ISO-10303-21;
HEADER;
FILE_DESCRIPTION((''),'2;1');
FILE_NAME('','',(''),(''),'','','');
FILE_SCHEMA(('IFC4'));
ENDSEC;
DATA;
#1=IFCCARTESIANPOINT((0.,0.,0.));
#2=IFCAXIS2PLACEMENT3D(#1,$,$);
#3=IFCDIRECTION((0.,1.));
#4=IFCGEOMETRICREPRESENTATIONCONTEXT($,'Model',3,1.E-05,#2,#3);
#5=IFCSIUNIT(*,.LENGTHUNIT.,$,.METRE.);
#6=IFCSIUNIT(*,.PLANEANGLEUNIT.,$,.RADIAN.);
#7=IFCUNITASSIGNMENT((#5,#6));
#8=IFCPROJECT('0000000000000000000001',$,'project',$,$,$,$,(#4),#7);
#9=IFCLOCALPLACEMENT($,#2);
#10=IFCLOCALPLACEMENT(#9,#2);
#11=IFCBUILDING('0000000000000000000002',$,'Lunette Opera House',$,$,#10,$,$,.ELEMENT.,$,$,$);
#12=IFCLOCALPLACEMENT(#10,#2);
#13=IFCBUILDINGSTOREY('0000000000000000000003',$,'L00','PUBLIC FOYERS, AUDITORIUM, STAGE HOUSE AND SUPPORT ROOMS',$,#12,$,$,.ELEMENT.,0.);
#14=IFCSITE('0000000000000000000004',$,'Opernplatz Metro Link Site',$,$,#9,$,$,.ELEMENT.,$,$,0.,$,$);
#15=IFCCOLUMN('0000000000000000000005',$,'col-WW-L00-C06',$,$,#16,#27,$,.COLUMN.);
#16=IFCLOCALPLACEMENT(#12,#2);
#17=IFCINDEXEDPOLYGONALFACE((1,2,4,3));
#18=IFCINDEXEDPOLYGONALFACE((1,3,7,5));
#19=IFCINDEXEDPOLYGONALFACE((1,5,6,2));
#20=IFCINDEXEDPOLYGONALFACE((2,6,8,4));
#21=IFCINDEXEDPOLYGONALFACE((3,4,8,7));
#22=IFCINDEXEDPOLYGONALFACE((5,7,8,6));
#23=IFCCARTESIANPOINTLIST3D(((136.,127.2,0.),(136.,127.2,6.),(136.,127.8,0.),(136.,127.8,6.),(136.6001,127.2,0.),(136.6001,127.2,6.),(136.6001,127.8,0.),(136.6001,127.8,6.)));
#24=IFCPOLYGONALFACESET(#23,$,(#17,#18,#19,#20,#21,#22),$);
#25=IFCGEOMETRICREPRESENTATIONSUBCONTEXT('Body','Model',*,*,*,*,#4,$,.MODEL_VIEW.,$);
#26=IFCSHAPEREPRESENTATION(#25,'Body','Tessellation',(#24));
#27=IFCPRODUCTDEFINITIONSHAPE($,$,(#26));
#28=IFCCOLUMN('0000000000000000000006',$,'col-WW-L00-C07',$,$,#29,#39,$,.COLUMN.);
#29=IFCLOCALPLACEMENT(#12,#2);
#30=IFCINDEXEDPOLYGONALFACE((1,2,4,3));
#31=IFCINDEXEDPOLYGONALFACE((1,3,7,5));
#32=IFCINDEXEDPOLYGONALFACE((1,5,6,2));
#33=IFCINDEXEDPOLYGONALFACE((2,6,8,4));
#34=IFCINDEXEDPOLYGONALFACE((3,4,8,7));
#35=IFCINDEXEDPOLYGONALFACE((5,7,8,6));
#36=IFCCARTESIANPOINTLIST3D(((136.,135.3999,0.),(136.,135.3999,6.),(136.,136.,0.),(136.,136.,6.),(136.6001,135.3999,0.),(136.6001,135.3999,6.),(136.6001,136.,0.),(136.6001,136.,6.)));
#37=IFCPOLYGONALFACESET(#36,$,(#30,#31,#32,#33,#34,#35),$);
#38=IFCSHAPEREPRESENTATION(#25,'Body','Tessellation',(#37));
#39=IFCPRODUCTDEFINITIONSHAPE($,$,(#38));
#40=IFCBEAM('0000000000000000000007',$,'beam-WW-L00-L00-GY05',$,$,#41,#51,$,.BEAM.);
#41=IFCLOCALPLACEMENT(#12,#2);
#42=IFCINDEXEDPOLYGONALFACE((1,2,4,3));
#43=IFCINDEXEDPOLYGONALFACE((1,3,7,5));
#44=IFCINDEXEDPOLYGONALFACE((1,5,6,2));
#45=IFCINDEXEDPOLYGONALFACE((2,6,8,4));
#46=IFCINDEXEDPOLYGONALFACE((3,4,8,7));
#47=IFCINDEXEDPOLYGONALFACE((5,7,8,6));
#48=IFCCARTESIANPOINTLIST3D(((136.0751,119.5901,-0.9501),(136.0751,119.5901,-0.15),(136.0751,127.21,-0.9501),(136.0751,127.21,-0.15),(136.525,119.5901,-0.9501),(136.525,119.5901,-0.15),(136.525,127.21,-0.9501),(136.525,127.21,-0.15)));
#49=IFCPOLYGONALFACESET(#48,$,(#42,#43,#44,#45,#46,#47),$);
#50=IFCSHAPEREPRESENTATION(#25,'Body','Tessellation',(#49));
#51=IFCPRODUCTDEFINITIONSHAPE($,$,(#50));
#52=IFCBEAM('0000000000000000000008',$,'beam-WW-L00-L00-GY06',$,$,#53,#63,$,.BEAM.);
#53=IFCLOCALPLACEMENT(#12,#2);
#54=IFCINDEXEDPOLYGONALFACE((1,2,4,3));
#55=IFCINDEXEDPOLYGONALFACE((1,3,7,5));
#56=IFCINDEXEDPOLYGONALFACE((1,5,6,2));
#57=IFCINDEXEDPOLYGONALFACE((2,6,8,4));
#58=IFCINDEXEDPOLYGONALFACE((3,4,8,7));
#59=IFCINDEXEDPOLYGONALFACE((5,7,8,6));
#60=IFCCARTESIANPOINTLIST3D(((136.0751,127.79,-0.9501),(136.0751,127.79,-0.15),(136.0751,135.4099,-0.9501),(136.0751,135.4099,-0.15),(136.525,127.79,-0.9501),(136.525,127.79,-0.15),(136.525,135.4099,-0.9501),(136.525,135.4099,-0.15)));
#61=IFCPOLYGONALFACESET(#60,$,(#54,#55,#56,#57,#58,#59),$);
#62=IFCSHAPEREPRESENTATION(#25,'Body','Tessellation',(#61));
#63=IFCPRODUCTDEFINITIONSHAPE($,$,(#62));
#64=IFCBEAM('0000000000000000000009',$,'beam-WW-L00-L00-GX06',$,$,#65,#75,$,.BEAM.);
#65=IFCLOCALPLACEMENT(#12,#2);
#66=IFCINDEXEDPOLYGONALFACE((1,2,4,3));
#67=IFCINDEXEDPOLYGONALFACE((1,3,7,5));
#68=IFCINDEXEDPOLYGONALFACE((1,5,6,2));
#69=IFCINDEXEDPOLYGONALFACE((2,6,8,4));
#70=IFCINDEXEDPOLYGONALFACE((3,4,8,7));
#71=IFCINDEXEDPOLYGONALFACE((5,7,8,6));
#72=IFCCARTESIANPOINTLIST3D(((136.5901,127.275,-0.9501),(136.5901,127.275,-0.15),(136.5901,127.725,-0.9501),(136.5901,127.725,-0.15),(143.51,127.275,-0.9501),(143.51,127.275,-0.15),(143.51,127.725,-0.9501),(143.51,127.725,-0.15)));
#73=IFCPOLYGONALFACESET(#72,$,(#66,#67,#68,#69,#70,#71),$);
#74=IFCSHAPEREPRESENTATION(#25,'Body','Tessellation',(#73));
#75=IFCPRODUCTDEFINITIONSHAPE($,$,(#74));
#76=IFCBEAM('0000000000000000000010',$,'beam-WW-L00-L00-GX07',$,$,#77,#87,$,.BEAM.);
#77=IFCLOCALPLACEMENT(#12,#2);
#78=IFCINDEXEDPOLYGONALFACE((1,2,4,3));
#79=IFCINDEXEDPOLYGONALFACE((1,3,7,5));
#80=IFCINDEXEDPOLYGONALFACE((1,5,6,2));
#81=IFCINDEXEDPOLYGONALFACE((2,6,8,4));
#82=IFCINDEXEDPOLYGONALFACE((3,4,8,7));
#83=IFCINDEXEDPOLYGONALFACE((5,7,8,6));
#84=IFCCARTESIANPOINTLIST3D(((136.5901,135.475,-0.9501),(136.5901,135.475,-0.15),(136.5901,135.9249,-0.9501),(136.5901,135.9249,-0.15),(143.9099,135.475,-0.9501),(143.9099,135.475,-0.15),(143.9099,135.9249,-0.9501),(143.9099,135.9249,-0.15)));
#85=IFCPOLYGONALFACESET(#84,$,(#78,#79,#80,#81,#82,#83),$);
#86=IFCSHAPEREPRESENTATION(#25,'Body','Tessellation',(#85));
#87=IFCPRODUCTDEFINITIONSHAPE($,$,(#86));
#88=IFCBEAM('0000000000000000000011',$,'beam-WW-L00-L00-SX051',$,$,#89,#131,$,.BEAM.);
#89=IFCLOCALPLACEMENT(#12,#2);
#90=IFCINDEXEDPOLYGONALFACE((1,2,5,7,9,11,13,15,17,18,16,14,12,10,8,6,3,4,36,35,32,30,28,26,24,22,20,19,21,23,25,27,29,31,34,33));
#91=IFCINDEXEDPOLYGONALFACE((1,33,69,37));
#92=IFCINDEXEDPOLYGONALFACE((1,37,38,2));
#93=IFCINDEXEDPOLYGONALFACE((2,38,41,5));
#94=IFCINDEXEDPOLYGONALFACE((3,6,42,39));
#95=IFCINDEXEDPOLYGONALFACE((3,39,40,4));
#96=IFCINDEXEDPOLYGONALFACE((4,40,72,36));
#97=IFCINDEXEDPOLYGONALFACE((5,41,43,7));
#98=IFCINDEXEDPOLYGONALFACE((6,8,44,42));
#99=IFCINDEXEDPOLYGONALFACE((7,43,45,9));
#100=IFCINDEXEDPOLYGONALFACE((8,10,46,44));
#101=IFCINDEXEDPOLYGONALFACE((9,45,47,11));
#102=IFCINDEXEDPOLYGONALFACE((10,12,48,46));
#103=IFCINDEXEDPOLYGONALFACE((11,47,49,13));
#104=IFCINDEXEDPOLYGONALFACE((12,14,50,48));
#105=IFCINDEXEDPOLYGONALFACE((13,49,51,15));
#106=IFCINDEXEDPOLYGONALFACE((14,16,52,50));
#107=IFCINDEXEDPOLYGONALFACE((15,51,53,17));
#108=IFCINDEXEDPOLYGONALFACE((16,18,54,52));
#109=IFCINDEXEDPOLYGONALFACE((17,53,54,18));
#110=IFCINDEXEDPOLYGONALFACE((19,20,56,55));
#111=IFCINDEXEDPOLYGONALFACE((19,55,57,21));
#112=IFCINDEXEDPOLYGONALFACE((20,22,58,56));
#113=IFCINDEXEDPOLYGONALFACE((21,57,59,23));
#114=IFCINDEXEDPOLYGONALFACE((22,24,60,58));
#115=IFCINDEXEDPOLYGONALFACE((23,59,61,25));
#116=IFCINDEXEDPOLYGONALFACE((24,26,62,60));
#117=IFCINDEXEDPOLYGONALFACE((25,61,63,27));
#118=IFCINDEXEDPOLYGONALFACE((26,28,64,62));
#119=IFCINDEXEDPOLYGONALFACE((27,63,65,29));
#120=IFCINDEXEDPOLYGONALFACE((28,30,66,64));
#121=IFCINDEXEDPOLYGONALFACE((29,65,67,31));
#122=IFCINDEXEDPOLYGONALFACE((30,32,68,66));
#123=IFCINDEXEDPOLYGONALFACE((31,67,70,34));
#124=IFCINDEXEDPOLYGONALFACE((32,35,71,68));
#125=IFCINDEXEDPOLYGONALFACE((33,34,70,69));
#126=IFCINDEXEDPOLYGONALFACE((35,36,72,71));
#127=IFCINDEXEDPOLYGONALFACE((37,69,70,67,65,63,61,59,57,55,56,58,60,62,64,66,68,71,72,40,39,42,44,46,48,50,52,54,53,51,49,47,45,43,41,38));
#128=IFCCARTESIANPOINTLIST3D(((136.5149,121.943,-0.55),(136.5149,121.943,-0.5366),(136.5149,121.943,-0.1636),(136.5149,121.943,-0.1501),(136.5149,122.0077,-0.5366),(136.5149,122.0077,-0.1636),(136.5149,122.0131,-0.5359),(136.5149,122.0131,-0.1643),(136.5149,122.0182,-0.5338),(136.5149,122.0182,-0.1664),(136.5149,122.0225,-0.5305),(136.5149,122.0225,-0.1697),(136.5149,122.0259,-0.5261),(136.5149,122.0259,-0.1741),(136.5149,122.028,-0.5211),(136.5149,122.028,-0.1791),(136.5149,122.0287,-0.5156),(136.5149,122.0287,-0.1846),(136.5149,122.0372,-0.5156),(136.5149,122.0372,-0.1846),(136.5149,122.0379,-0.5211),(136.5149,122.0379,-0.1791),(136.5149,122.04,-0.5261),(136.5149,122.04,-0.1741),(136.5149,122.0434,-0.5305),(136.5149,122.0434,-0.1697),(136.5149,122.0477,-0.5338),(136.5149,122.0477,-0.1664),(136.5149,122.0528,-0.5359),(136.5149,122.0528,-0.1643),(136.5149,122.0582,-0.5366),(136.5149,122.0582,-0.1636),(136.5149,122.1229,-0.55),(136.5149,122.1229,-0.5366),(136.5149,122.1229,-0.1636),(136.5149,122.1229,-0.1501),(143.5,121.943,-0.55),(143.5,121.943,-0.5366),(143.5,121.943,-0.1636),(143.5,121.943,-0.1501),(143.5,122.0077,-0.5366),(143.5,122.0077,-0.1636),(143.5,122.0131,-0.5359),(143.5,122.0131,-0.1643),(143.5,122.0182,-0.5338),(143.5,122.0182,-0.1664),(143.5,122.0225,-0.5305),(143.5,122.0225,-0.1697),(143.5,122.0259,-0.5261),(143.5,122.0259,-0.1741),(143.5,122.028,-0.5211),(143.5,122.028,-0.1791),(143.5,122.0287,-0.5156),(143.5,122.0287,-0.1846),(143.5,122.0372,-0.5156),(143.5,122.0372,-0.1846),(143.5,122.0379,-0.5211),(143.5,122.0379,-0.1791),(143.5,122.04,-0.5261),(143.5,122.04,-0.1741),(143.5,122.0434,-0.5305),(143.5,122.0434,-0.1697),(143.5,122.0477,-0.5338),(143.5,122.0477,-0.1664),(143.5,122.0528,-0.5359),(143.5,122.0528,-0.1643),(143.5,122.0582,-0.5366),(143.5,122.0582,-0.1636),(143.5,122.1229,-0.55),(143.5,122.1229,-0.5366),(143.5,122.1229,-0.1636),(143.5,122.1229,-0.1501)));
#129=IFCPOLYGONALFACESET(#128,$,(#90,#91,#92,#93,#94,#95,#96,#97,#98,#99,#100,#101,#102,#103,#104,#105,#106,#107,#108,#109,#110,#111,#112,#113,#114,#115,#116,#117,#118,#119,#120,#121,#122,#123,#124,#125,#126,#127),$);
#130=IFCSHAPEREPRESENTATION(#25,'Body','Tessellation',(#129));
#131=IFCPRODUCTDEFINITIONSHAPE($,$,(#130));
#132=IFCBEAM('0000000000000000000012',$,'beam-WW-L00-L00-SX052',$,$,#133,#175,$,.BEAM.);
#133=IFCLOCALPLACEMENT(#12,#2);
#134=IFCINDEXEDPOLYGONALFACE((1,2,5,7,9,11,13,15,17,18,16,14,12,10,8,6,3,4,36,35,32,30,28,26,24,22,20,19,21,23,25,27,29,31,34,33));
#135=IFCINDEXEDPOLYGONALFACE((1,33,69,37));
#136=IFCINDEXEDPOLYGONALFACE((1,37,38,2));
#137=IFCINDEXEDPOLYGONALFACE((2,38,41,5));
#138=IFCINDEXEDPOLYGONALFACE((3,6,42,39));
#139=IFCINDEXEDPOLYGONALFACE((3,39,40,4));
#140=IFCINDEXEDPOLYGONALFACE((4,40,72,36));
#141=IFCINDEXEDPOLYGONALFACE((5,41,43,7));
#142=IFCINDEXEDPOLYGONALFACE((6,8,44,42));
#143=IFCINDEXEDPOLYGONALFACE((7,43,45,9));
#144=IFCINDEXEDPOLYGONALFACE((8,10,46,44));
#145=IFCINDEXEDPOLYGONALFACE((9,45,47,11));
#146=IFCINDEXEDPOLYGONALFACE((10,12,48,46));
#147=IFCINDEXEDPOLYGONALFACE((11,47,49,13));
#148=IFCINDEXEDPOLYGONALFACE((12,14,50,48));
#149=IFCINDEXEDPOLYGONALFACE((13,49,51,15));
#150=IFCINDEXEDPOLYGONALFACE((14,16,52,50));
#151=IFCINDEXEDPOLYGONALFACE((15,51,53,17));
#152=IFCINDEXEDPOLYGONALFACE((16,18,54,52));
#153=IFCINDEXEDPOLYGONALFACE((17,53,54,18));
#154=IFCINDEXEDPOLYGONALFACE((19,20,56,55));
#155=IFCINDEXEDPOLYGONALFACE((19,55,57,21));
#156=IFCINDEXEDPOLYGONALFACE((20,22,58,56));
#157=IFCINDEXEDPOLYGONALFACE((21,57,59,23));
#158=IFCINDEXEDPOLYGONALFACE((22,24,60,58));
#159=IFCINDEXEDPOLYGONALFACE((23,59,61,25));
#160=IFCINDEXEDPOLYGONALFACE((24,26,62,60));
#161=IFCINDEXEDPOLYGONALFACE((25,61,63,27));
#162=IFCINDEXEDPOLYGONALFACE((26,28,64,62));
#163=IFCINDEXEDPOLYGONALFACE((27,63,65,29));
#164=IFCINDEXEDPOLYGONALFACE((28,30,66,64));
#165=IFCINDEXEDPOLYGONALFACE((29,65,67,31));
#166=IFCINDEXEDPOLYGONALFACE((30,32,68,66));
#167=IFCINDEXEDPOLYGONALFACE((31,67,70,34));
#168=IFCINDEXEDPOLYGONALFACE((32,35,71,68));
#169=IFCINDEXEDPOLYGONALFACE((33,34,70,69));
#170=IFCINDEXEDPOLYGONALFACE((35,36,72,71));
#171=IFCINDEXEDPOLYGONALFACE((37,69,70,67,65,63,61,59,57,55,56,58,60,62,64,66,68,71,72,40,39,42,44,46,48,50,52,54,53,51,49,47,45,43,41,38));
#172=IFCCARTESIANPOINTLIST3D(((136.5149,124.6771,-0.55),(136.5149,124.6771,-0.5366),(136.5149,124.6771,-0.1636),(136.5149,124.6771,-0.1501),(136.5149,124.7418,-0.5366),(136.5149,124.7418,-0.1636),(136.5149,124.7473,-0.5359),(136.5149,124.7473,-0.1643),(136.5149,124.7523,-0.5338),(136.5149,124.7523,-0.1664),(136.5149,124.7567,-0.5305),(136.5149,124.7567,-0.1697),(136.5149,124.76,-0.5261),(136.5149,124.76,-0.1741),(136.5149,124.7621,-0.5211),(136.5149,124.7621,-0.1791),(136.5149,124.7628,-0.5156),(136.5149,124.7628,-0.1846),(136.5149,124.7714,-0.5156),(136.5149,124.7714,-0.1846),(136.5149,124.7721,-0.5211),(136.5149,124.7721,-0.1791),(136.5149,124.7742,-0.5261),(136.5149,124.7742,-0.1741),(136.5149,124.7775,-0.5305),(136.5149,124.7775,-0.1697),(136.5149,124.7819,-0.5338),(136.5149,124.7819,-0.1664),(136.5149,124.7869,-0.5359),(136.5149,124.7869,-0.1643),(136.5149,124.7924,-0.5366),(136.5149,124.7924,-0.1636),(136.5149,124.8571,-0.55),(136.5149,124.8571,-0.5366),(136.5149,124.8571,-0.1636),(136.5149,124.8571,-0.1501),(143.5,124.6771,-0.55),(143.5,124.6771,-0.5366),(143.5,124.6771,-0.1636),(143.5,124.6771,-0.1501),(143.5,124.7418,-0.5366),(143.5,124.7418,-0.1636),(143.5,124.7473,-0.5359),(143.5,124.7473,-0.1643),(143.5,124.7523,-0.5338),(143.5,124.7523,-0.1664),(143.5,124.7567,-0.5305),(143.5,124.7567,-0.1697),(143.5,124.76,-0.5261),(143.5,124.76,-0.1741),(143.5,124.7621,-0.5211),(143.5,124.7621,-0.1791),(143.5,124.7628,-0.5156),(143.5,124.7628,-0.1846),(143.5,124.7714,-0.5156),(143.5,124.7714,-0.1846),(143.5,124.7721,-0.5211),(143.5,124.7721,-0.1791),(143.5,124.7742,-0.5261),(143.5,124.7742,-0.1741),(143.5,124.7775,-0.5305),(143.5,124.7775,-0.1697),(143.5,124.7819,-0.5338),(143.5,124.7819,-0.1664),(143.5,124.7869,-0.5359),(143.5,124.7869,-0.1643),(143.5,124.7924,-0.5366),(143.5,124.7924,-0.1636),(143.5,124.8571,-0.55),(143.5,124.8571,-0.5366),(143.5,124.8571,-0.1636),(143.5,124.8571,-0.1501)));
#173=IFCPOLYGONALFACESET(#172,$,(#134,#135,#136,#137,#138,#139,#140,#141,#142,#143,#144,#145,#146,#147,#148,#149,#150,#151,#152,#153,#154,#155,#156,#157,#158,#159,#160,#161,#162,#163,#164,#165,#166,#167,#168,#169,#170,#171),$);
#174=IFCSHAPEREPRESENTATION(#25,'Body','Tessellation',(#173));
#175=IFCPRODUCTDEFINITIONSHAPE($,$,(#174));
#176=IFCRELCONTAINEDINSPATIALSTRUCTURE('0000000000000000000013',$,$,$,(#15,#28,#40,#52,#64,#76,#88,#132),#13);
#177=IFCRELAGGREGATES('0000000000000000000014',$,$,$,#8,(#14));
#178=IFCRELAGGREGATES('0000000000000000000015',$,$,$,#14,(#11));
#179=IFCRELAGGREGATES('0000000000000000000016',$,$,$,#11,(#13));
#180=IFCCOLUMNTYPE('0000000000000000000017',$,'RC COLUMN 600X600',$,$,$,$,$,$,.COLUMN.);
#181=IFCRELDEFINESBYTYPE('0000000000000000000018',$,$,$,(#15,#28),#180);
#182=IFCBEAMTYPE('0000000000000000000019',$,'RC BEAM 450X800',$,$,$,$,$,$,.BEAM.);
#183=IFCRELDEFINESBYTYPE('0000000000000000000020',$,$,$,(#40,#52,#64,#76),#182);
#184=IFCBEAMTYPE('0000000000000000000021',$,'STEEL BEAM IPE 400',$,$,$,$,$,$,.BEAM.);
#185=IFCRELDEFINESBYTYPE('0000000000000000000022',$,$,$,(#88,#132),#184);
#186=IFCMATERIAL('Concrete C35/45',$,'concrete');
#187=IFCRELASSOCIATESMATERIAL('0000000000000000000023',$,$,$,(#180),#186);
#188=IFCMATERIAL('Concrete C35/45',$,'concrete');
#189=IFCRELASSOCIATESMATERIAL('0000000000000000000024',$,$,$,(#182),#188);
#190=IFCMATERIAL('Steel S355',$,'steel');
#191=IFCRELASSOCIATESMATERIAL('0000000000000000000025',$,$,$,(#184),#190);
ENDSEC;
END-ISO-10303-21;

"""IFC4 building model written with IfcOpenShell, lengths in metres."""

from ifc_helpers import new_model, si_unit, direction, frame, origin, origin_2d, place, context, subcontext, project, spatial, rectangle, i_section, extrude, material, material_profile, profile_set, type_object, element, save


model = new_model("IFC4")

# Units and contexts
model_context = context("Model", 3, precision=1e-05, world=origin(), true_north=direction((0.0, 1.0)))
body_context = subcontext(model_context, "Body", "Model", "MODEL_VIEW")
ifc_project = project(units=[si_unit("LENGTHUNIT", "METRE"), si_unit("PLANEANGLEUNIT", "RADIAN")], contexts=[model_context])

# Site, building, storey
site_placement = place(None, origin())
site = spatial("IfcSite", under=ifc_project, at=site_placement, Name="Opernplatz Metro Link Site", CompositionType="ELEMENT", RefElevation=0.0)
building_placement = place(site_placement, origin())
building = spatial("IfcBuilding", under=site, at=building_placement, Name="Lunette Opera House", CompositionType="ELEMENT")
storey_placement = place(building_placement, origin())
storey = spatial("IfcBuildingStorey", under=building, at=storey_placement, Name="L00", Description="PUBLIC FOYERS, AUDITORIUM, STAGE HOUSE AND SUPPORT ROOMS", CompositionType="ELEMENT", Elevation=0.0)

# Columns
ifc_material_1 = material(Name="Concrete C35/45", Category="concrete")
ifc_material_profile_1 = material_profile(ifc_material_1, rectangle(XDim=0.6001, YDim=0.6001, at=origin_2d()), Name="RC COLUMN 600X600")
ifc_profile_set_1 = profile_set([ifc_material_profile_1], Name="Concrete C35/45")
column_type = type_object("IfcColumnType", Name="RC COLUMN 600X600", PredefinedType="COLUMN", material=ifc_profile_set_1)
for number, where, z_axis, x_axis, name in (
    (1, (136.3, 127.5, 0.0), (0.0, 0.0, 1.0), (1.0, 0.0, 0.0), "col-WW-L00-C06"),
    (2, (136.3, 135.7, 0.0), (0.0, 0.0, 1.0), (1.0, 0.0, 0.0), "col-WW-L00-C07"),
):
    element("IfcColumn", number, at=place(storey_placement, frame(where, z_axis=z_axis, x_axis=x_axis)), inside=storey, type_object=column_type, Name=name, PredefinedType="COLUMN", context=body_context, shape_type="SweptSolid", body=[
        extrude(rectangle(XDim=0.6001, YDim=0.6001, at=origin_2d()), origin(), (0.0, 0.0, 1.0), 6.0),
    ])

# Beams
ifc_material_2 = material(Name="Concrete C35/45", Category="concrete")
ifc_material_profile_2 = material_profile(ifc_material_2, rectangle(XDim=0.45, YDim=0.8, at=origin_2d()), Name="RC BEAM 450X800")
ifc_profile_set_2 = profile_set([ifc_material_profile_2], Name="Concrete C35/45")
beam_type_1 = type_object("IfcBeamType", Name="RC BEAM 450X800", PredefinedType="BEAM", material=ifc_profile_set_2)
for number, where, z_axis, x_axis, name in (
    (3, (136.3, 119.5901, -0.55), (0.0, 1.0, 0.0), (-1.0, 0.0, 0.0), "beam-WW-L00-L00-GY05"),
    (4, (136.3, 127.79, -0.55), (0.0, 1.0, 0.0), (-1.0, 0.0, 0.0), "beam-WW-L00-L00-GY06"),
):
    element("IfcBeam", number, at=place(storey_placement, frame(where, z_axis=z_axis, x_axis=x_axis)), inside=storey, type_object=beam_type_1, Name=name, PredefinedType="BEAM", context=body_context, shape_type="SweptSolid", body=[
        extrude(rectangle(XDim=0.45, YDim=0.8, at=origin_2d()), origin(), (0.0, 0.0, 1.0), 7.6199),
    ])
beam_1_placement = place(storey_placement, frame((136.5901, 127.5, -0.55), z_axis=(1.0, 0.0, 0.0), x_axis=(0.0, 1.0, 0.0)))
element("IfcBeam", 5, at=beam_1_placement, inside=storey, type_object=beam_type_1, Name="beam-WW-L00-L00-GX06", PredefinedType="BEAM", context=body_context, shape_type="SweptSolid", body=[
    extrude(rectangle(XDim=0.45, YDim=0.8, at=origin_2d()), origin(), (0.0, 0.0, 1.0), 6.9199),
])
beam_2_placement = place(storey_placement, frame((136.5901, 135.7, -0.55), z_axis=(1.0, 0.0, 0.0), x_axis=(0.0, 1.0, 0.0)))
element("IfcBeam", 6, at=beam_2_placement, inside=storey, type_object=beam_type_1, Name="beam-WW-L00-L00-GX07", PredefinedType="BEAM", context=body_context, shape_type="SweptSolid", body=[
    extrude(rectangle(XDim=0.45, YDim=0.8, at=origin_2d()), origin(), (0.0, 0.0, 1.0), 7.3198),
])
ifc_material_3 = material(Name="Steel S355", Category="steel")
ifc_material_profile_3 = material_profile(ifc_material_3, i_section(OverallWidth=0.1799, OverallDepth=0.3999, WebThickness=0.0085, FlangeThickness=0.0134, FilletRadius=0.021, at=origin_2d()), Name="IPE 400")
ifc_profile_set_3 = profile_set([ifc_material_profile_3], Name="Steel S355")
beam_type_2 = type_object("IfcBeamType", Name="STEEL BEAM IPE 400", PredefinedType="BEAM", material=ifc_profile_set_3)
for number, where, z_axis, x_axis, name in (
    (7, (136.5149, 122.033, -0.3501), (1.0, 0.0, 0.0), (0.0, 1.0, 0.0), "beam-WW-L00-L00-SX051"),
    (8, (136.5149, 124.7671, -0.3501), (1.0, 0.0, 0.0), (0.0, 1.0, 0.0), "beam-WW-L00-L00-SX052"),
):
    element("IfcBeam", number, at=place(storey_placement, frame(where, z_axis=z_axis, x_axis=x_axis)), inside=storey, type_object=beam_type_2, Name=name, PredefinedType="BEAM", context=body_context, shape_type="SweptSolid", body=[
        extrude(i_section(OverallWidth=0.1799, OverallDepth=0.3999, WebThickness=0.0085, FlangeThickness=0.0134, FilletRadius=0.021, at=origin_2d()), origin(), (0.0, 0.0, 1.0), 6.9851),
    ])

save(model, "model.ifc")
